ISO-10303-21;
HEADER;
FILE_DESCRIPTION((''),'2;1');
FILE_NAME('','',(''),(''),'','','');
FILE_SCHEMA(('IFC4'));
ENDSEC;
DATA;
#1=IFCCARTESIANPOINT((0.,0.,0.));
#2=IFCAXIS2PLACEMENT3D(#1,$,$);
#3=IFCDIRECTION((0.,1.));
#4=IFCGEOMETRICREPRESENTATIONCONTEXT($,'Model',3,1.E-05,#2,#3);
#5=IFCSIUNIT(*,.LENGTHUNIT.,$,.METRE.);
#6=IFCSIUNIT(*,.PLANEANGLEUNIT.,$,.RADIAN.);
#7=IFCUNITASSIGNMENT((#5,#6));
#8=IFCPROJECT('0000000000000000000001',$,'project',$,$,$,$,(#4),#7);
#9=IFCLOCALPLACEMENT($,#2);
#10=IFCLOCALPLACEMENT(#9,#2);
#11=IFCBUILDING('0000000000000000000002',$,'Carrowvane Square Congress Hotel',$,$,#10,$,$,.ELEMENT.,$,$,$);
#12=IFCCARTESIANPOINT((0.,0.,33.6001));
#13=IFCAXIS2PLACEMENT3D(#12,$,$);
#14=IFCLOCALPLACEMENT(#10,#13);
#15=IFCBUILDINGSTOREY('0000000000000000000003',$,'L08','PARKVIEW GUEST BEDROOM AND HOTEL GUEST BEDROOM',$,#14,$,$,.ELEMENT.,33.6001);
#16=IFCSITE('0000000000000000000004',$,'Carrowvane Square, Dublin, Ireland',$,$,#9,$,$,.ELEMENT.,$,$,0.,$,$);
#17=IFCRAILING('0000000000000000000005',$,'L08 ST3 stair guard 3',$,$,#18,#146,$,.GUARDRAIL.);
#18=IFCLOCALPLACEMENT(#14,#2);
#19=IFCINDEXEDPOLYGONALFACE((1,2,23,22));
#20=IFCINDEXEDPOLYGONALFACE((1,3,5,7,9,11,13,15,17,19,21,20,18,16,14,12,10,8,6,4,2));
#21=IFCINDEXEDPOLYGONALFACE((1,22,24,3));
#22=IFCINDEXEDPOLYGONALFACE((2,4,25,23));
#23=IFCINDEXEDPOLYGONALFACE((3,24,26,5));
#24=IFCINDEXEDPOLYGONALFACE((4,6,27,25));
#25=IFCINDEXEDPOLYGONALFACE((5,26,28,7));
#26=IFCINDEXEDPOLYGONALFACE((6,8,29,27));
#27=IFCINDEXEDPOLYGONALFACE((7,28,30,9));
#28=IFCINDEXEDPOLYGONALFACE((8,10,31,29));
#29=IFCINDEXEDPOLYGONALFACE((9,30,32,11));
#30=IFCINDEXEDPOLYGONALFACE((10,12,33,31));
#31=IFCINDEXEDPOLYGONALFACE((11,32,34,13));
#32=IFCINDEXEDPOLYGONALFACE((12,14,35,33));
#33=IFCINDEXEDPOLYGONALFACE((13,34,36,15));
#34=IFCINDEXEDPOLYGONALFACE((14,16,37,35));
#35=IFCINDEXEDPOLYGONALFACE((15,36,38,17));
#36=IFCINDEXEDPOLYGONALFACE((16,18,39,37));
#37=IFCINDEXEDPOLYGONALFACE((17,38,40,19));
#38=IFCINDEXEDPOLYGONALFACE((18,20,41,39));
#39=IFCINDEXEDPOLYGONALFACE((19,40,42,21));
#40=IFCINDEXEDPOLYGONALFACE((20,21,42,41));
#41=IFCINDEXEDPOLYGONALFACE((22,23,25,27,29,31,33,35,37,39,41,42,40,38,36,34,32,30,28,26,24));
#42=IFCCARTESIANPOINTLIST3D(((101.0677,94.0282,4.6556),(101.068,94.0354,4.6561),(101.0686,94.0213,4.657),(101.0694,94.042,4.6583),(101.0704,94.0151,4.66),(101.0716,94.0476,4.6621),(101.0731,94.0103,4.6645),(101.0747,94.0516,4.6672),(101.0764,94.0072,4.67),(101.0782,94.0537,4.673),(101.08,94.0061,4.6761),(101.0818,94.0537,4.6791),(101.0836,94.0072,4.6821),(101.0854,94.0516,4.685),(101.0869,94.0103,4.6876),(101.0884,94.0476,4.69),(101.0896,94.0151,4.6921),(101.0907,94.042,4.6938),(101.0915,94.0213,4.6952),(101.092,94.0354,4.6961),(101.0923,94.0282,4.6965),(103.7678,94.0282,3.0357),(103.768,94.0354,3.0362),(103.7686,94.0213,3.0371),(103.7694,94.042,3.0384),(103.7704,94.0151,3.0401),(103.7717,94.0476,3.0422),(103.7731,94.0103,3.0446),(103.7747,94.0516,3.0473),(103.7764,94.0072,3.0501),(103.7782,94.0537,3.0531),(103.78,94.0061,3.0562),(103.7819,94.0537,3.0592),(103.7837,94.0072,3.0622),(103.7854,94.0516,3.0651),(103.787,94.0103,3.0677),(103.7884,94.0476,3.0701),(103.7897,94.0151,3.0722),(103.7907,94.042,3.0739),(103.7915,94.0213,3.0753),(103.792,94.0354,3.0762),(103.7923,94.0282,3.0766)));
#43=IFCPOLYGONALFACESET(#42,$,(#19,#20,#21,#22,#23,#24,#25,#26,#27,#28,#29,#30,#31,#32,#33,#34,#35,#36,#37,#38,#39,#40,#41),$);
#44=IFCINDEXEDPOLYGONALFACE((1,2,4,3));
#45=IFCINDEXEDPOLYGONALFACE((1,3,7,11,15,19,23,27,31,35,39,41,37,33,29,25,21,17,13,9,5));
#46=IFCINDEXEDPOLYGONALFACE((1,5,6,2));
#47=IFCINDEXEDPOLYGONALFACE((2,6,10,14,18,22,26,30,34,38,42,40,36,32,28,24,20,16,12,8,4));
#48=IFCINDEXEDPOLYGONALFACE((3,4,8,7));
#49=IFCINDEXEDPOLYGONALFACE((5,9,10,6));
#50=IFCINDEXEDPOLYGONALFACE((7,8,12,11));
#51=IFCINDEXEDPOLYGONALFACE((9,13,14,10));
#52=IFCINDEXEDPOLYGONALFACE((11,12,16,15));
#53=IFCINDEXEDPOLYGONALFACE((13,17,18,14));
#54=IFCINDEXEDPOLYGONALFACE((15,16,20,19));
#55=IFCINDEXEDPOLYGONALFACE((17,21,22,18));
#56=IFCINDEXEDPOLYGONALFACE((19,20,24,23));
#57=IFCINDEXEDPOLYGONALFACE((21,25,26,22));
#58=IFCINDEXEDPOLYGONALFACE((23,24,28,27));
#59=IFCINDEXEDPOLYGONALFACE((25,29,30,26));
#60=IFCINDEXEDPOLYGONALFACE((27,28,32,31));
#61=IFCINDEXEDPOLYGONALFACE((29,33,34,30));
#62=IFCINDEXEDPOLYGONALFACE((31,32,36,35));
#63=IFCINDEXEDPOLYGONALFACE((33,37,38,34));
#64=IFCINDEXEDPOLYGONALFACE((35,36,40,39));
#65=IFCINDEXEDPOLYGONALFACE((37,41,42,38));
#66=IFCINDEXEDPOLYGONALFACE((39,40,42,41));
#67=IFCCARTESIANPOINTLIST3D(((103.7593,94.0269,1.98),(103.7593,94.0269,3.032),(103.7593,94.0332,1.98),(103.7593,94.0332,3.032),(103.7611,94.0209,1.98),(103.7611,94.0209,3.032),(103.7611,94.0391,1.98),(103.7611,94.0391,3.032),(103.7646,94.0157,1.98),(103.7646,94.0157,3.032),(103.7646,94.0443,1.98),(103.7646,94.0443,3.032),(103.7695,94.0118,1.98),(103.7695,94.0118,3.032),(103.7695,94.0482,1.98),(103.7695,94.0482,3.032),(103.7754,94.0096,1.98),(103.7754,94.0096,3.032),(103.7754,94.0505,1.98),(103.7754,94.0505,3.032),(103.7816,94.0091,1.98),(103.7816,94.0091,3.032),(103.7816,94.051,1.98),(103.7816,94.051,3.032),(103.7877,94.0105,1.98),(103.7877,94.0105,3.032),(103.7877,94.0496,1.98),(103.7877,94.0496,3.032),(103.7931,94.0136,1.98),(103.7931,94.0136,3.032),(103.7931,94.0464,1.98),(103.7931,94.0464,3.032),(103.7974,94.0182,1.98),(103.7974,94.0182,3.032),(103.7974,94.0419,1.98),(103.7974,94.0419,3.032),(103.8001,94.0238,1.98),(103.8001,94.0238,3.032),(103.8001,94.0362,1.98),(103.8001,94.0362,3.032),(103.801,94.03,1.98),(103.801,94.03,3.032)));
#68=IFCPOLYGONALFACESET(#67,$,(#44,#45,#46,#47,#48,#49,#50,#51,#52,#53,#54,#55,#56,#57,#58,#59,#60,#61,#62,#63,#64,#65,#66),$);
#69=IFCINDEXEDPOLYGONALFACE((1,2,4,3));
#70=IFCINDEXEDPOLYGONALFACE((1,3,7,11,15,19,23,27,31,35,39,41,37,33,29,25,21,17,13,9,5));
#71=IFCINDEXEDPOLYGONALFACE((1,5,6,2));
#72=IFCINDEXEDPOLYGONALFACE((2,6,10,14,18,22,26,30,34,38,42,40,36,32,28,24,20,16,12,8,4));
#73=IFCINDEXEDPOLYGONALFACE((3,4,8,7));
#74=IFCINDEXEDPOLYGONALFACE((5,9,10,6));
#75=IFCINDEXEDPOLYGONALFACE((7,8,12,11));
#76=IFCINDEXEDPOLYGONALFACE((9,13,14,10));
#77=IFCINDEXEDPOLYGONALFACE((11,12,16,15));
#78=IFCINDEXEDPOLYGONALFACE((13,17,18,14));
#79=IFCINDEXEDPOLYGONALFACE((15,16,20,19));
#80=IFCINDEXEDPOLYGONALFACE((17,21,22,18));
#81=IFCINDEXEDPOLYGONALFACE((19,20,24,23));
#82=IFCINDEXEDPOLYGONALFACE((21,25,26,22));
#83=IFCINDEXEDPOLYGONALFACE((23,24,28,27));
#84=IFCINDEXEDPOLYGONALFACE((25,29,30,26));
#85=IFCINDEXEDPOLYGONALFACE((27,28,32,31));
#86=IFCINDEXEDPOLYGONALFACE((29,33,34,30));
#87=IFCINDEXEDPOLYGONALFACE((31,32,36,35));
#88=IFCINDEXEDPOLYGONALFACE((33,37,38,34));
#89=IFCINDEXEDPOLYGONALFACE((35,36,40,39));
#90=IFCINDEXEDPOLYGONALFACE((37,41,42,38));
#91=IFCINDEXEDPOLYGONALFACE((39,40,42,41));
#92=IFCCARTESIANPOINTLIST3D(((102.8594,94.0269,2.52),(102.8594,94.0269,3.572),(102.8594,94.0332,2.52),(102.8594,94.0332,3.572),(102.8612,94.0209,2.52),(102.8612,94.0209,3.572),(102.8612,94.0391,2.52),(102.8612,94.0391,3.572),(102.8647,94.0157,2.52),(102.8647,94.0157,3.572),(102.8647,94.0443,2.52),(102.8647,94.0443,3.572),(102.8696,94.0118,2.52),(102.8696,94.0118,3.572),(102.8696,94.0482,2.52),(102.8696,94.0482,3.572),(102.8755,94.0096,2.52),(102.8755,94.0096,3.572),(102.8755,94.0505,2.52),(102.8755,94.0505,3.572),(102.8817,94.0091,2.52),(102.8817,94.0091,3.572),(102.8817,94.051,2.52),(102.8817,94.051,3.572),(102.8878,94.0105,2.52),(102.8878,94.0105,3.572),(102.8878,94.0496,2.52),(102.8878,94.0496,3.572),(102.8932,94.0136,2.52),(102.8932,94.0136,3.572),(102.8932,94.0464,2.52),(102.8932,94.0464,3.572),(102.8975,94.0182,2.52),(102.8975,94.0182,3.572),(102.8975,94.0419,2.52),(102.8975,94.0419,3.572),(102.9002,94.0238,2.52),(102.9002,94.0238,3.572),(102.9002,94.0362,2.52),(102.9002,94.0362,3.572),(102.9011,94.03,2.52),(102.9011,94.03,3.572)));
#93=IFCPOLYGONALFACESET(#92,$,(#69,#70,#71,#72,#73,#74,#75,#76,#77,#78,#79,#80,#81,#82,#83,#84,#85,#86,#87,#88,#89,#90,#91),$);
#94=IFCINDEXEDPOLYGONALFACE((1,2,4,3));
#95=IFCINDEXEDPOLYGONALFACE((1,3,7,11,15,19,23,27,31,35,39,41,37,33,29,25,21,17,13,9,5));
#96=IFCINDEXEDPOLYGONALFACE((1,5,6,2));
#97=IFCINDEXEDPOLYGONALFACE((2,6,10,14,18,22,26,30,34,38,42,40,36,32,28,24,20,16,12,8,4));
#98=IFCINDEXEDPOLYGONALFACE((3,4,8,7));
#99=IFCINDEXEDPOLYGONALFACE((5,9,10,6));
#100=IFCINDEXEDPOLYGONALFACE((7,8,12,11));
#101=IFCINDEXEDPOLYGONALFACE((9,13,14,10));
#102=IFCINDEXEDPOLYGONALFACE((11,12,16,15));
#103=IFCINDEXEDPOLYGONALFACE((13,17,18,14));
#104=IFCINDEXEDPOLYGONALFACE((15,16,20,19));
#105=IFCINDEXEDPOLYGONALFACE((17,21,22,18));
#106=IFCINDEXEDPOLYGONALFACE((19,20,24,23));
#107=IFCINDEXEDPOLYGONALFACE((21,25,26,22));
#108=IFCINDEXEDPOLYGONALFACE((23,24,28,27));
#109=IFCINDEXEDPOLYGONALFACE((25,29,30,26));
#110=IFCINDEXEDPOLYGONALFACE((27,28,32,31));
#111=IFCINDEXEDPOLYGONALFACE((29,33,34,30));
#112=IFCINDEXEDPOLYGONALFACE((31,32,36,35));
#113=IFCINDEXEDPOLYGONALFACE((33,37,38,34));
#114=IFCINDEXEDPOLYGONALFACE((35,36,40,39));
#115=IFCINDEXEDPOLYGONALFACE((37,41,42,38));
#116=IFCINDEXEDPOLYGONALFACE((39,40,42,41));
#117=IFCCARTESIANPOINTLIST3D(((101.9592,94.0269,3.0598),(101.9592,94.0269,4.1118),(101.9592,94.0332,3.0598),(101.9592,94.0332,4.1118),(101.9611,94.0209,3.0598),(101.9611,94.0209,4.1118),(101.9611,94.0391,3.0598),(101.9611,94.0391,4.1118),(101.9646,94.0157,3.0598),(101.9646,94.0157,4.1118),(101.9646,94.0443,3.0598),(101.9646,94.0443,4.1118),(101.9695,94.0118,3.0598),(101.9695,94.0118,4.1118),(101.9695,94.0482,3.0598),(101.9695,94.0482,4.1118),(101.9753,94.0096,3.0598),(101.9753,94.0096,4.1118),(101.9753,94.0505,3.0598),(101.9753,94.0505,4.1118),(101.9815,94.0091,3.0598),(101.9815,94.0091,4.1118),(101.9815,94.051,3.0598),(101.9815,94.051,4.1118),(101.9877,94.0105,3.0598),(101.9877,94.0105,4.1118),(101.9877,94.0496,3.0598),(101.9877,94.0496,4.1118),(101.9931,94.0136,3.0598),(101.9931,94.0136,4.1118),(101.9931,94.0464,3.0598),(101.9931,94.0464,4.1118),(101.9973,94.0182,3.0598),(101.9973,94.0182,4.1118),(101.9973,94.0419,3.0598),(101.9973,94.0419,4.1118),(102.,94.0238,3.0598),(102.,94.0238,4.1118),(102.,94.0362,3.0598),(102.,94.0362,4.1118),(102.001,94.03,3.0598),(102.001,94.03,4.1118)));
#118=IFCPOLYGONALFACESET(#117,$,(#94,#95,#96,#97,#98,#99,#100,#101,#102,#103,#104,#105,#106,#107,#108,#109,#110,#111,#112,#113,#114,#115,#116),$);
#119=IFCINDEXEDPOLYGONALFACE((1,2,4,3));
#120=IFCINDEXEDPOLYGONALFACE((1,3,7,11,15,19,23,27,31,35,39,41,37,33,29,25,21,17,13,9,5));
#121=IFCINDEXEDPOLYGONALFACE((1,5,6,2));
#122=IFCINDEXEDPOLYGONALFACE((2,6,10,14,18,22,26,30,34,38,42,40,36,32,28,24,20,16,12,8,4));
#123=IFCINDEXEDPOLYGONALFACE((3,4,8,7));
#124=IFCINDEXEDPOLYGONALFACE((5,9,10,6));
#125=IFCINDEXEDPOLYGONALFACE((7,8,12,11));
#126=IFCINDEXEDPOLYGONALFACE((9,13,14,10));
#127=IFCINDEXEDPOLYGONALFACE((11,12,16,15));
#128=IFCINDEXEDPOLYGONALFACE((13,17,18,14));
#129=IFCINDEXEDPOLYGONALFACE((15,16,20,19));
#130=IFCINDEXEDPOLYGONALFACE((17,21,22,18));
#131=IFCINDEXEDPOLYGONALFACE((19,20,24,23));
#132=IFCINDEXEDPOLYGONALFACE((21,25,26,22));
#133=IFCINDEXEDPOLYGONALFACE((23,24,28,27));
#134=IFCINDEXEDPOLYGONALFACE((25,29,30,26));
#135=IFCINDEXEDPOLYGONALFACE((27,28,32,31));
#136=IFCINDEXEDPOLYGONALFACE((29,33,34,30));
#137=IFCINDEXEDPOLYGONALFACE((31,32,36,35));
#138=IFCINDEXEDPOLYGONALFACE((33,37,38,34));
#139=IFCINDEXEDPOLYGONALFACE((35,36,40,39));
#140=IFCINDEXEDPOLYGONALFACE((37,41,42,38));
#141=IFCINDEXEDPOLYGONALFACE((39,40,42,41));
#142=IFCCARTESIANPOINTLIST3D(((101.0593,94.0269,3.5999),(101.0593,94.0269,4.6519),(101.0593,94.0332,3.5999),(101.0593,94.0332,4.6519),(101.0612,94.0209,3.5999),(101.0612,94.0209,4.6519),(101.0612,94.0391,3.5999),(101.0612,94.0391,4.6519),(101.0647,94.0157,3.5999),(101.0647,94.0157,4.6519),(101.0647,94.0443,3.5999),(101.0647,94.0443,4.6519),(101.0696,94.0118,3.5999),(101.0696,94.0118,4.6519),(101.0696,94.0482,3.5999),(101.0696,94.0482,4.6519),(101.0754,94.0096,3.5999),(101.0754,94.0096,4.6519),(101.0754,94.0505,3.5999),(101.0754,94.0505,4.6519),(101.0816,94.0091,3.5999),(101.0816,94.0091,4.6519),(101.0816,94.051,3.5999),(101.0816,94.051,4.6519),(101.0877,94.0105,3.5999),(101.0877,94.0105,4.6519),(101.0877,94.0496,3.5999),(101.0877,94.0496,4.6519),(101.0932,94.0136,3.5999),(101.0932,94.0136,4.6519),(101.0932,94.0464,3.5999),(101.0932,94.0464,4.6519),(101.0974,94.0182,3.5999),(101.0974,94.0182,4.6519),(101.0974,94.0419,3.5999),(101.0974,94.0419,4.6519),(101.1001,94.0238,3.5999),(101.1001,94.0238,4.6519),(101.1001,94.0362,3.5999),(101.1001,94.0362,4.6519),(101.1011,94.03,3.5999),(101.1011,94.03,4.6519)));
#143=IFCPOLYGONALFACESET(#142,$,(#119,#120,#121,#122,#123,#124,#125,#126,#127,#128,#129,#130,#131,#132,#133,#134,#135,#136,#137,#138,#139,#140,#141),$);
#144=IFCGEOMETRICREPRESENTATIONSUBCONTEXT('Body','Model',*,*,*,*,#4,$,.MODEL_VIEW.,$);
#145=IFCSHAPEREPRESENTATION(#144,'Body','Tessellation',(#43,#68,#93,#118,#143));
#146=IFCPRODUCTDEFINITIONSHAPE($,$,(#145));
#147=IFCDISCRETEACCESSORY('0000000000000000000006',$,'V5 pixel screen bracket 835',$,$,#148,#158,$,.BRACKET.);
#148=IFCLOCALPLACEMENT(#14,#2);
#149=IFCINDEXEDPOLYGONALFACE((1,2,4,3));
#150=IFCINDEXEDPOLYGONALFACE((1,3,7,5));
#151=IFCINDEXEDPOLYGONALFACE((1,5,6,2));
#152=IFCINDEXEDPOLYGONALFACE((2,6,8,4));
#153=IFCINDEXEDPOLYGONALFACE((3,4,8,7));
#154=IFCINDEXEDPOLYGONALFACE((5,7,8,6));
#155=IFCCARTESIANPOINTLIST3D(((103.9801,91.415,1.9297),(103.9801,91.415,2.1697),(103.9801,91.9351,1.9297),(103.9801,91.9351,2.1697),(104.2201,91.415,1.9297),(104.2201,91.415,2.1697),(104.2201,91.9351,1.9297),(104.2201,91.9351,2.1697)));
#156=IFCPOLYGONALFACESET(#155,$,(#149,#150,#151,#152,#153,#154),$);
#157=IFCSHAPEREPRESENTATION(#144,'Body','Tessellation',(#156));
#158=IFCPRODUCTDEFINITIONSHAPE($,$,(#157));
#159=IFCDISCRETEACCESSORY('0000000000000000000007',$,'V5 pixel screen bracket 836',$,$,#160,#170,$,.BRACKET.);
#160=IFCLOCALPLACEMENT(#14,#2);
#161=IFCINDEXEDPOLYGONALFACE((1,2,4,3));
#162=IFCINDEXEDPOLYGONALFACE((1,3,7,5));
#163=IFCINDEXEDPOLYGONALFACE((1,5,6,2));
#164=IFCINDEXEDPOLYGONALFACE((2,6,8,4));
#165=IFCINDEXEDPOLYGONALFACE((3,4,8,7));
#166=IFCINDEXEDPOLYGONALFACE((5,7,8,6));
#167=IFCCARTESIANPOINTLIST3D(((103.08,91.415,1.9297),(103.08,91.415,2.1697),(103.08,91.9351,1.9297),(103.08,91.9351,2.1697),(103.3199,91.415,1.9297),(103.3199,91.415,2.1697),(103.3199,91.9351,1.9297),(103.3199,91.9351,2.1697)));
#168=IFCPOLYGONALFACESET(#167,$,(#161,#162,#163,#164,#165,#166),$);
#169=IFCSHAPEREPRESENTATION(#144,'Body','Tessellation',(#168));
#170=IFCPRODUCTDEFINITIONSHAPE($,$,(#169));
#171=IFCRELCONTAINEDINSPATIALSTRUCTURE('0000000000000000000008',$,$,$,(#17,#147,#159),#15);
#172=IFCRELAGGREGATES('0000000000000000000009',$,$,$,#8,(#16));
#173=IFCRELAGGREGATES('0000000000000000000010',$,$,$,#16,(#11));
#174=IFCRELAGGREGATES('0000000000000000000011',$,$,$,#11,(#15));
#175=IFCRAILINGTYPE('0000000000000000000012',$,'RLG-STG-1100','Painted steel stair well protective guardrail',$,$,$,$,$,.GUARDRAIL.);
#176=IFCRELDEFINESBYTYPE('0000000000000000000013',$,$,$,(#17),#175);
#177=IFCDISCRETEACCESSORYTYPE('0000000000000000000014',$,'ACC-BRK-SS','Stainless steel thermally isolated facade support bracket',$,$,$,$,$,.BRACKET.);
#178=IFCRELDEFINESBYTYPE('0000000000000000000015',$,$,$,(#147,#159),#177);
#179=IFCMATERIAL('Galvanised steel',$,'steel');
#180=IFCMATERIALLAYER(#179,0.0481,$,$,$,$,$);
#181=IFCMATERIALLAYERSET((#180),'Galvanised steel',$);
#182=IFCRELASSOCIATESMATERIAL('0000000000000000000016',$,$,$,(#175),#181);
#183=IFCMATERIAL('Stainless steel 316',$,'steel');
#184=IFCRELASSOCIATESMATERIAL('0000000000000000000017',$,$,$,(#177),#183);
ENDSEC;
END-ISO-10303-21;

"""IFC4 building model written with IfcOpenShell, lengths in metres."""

from ifc_helpers import new_model, si_unit, direction, frame, origin, origin_2d, place, context, subcontext, project, spatial, rectangle, circle, extrude, material, layer, layer_set, type_object, element, save


model = new_model("IFC4")

# Units and contexts
model_context = context("Model", 3, precision=1e-05, world=origin(), true_north=direction((0.0, 1.0)))
body_context = subcontext(model_context, "Body", "Model", "MODEL_VIEW")
ifc_project = project(units=[si_unit("LENGTHUNIT", "METRE"), si_unit("PLANEANGLEUNIT", "RADIAN")], contexts=[model_context])

# Site, building, storey
site_placement = place(None, origin())
site = spatial("IfcSite", under=ifc_project, at=site_placement, Name="Carrowvane Square, Dublin, Ireland", CompositionType="ELEMENT", RefElevation=0.0)
building_placement = place(site_placement, origin())
building = spatial("IfcBuilding", under=site, at=building_placement, Name="Carrowvane Square Congress Hotel", CompositionType="ELEMENT")
storey_placement = place(building_placement, frame((0.0, 0.0, 33.6001)))
storey = spatial("IfcBuildingStorey", under=building, at=storey_placement, Name="L08", Description="PARKVIEW GUEST BEDROOM AND HOTEL GUEST BEDROOM", CompositionType="ELEMENT", Elevation=33.6001)

# Railing
ifc_material_1 = material(Name="Galvanised steel", Category="steel")
ifc_layer_1 = layer(ifc_material_1, 0.0481)
ifc_layer_set_1 = layer_set([ifc_layer_1], Name="Galvanised steel")
railing_type_1 = type_object("IfcRailingType", Name="RLG-STG-1100", Description="Painted steel stair well protective guardrail", PredefinedType="GUARDRAIL", material=ifc_layer_set_1)
railing_1_placement = place(storey_placement, frame((103.78, 94.03, 1.98)))
element("IfcRailing", 1, at=railing_1_placement, inside=storey, type_object=railing_type_1, Name="L08 ST3 stair guard 3", PredefinedType="GUARDRAIL", context=body_context, shape_type="SweptSolid", body=[
    extrude(circle(Radius=0.0239, at=origin_2d()), frame((0.0, 0.0, 1.0762), z_axis=(-0.857507, 0.0, 0.514473), x_axis=(0.0, -1.0, 0.0)), (0.0, 0.0, 1.0), 3.1487),
    extrude(circle(Radius=0.021, at=origin_2d()), origin(), (0.0, 0.0, 1.0), 1.052),
    extrude(circle(Radius=0.021, at=origin_2d()), frame((-0.8999, 0.0, 0.54)), (0.0, 0.0, 1.0), 1.052),
    extrude(circle(Radius=0.021, at=origin_2d()), frame((-1.8, 0.0, 1.0798)), (0.0, 0.0, 1.0), 1.052),
    extrude(circle(Radius=0.021, at=origin_2d()), frame((-2.7, 0.0, 1.6199)), (0.0, 0.0, 1.0), 1.052),
])

# Discrete accessories
ifc_material_2 = material(Name="Stainless steel 316", Category="steel")
discrete_accessory_type = type_object("IfcDiscreteAccessoryType", Name="ACC-BRK-SS", Description="Stainless steel thermally isolated facade support bracket", PredefinedType="BRACKET", material=ifc_material_2)
for number, where, z_axis, x_axis, name in (
    (2, (104.1001, 91.675, 1.9297), (0.0, 0.0, 1.0), (-1.0, 0.0, 0.0), "V5 pixel screen bracket 835"),
    (3, (103.2, 91.675, 1.9297), (0.0, 0.0, 1.0), (-1.0, 0.0, 0.0), "V5 pixel screen bracket 836"),
):
    element("IfcDiscreteAccessory", number, at=place(storey_placement, frame(where, z_axis=z_axis, x_axis=x_axis)), inside=storey, type_object=discrete_accessory_type, Name=name, PredefinedType="BRACKET", context=body_context, shape_type="SweptSolid", body=[
        extrude(rectangle(XDim=0.24, YDim=0.52, at=origin_2d()), origin(), (0.0, 0.0, 1.0), 0.24),
    ])

save(model, "model.ifc")
